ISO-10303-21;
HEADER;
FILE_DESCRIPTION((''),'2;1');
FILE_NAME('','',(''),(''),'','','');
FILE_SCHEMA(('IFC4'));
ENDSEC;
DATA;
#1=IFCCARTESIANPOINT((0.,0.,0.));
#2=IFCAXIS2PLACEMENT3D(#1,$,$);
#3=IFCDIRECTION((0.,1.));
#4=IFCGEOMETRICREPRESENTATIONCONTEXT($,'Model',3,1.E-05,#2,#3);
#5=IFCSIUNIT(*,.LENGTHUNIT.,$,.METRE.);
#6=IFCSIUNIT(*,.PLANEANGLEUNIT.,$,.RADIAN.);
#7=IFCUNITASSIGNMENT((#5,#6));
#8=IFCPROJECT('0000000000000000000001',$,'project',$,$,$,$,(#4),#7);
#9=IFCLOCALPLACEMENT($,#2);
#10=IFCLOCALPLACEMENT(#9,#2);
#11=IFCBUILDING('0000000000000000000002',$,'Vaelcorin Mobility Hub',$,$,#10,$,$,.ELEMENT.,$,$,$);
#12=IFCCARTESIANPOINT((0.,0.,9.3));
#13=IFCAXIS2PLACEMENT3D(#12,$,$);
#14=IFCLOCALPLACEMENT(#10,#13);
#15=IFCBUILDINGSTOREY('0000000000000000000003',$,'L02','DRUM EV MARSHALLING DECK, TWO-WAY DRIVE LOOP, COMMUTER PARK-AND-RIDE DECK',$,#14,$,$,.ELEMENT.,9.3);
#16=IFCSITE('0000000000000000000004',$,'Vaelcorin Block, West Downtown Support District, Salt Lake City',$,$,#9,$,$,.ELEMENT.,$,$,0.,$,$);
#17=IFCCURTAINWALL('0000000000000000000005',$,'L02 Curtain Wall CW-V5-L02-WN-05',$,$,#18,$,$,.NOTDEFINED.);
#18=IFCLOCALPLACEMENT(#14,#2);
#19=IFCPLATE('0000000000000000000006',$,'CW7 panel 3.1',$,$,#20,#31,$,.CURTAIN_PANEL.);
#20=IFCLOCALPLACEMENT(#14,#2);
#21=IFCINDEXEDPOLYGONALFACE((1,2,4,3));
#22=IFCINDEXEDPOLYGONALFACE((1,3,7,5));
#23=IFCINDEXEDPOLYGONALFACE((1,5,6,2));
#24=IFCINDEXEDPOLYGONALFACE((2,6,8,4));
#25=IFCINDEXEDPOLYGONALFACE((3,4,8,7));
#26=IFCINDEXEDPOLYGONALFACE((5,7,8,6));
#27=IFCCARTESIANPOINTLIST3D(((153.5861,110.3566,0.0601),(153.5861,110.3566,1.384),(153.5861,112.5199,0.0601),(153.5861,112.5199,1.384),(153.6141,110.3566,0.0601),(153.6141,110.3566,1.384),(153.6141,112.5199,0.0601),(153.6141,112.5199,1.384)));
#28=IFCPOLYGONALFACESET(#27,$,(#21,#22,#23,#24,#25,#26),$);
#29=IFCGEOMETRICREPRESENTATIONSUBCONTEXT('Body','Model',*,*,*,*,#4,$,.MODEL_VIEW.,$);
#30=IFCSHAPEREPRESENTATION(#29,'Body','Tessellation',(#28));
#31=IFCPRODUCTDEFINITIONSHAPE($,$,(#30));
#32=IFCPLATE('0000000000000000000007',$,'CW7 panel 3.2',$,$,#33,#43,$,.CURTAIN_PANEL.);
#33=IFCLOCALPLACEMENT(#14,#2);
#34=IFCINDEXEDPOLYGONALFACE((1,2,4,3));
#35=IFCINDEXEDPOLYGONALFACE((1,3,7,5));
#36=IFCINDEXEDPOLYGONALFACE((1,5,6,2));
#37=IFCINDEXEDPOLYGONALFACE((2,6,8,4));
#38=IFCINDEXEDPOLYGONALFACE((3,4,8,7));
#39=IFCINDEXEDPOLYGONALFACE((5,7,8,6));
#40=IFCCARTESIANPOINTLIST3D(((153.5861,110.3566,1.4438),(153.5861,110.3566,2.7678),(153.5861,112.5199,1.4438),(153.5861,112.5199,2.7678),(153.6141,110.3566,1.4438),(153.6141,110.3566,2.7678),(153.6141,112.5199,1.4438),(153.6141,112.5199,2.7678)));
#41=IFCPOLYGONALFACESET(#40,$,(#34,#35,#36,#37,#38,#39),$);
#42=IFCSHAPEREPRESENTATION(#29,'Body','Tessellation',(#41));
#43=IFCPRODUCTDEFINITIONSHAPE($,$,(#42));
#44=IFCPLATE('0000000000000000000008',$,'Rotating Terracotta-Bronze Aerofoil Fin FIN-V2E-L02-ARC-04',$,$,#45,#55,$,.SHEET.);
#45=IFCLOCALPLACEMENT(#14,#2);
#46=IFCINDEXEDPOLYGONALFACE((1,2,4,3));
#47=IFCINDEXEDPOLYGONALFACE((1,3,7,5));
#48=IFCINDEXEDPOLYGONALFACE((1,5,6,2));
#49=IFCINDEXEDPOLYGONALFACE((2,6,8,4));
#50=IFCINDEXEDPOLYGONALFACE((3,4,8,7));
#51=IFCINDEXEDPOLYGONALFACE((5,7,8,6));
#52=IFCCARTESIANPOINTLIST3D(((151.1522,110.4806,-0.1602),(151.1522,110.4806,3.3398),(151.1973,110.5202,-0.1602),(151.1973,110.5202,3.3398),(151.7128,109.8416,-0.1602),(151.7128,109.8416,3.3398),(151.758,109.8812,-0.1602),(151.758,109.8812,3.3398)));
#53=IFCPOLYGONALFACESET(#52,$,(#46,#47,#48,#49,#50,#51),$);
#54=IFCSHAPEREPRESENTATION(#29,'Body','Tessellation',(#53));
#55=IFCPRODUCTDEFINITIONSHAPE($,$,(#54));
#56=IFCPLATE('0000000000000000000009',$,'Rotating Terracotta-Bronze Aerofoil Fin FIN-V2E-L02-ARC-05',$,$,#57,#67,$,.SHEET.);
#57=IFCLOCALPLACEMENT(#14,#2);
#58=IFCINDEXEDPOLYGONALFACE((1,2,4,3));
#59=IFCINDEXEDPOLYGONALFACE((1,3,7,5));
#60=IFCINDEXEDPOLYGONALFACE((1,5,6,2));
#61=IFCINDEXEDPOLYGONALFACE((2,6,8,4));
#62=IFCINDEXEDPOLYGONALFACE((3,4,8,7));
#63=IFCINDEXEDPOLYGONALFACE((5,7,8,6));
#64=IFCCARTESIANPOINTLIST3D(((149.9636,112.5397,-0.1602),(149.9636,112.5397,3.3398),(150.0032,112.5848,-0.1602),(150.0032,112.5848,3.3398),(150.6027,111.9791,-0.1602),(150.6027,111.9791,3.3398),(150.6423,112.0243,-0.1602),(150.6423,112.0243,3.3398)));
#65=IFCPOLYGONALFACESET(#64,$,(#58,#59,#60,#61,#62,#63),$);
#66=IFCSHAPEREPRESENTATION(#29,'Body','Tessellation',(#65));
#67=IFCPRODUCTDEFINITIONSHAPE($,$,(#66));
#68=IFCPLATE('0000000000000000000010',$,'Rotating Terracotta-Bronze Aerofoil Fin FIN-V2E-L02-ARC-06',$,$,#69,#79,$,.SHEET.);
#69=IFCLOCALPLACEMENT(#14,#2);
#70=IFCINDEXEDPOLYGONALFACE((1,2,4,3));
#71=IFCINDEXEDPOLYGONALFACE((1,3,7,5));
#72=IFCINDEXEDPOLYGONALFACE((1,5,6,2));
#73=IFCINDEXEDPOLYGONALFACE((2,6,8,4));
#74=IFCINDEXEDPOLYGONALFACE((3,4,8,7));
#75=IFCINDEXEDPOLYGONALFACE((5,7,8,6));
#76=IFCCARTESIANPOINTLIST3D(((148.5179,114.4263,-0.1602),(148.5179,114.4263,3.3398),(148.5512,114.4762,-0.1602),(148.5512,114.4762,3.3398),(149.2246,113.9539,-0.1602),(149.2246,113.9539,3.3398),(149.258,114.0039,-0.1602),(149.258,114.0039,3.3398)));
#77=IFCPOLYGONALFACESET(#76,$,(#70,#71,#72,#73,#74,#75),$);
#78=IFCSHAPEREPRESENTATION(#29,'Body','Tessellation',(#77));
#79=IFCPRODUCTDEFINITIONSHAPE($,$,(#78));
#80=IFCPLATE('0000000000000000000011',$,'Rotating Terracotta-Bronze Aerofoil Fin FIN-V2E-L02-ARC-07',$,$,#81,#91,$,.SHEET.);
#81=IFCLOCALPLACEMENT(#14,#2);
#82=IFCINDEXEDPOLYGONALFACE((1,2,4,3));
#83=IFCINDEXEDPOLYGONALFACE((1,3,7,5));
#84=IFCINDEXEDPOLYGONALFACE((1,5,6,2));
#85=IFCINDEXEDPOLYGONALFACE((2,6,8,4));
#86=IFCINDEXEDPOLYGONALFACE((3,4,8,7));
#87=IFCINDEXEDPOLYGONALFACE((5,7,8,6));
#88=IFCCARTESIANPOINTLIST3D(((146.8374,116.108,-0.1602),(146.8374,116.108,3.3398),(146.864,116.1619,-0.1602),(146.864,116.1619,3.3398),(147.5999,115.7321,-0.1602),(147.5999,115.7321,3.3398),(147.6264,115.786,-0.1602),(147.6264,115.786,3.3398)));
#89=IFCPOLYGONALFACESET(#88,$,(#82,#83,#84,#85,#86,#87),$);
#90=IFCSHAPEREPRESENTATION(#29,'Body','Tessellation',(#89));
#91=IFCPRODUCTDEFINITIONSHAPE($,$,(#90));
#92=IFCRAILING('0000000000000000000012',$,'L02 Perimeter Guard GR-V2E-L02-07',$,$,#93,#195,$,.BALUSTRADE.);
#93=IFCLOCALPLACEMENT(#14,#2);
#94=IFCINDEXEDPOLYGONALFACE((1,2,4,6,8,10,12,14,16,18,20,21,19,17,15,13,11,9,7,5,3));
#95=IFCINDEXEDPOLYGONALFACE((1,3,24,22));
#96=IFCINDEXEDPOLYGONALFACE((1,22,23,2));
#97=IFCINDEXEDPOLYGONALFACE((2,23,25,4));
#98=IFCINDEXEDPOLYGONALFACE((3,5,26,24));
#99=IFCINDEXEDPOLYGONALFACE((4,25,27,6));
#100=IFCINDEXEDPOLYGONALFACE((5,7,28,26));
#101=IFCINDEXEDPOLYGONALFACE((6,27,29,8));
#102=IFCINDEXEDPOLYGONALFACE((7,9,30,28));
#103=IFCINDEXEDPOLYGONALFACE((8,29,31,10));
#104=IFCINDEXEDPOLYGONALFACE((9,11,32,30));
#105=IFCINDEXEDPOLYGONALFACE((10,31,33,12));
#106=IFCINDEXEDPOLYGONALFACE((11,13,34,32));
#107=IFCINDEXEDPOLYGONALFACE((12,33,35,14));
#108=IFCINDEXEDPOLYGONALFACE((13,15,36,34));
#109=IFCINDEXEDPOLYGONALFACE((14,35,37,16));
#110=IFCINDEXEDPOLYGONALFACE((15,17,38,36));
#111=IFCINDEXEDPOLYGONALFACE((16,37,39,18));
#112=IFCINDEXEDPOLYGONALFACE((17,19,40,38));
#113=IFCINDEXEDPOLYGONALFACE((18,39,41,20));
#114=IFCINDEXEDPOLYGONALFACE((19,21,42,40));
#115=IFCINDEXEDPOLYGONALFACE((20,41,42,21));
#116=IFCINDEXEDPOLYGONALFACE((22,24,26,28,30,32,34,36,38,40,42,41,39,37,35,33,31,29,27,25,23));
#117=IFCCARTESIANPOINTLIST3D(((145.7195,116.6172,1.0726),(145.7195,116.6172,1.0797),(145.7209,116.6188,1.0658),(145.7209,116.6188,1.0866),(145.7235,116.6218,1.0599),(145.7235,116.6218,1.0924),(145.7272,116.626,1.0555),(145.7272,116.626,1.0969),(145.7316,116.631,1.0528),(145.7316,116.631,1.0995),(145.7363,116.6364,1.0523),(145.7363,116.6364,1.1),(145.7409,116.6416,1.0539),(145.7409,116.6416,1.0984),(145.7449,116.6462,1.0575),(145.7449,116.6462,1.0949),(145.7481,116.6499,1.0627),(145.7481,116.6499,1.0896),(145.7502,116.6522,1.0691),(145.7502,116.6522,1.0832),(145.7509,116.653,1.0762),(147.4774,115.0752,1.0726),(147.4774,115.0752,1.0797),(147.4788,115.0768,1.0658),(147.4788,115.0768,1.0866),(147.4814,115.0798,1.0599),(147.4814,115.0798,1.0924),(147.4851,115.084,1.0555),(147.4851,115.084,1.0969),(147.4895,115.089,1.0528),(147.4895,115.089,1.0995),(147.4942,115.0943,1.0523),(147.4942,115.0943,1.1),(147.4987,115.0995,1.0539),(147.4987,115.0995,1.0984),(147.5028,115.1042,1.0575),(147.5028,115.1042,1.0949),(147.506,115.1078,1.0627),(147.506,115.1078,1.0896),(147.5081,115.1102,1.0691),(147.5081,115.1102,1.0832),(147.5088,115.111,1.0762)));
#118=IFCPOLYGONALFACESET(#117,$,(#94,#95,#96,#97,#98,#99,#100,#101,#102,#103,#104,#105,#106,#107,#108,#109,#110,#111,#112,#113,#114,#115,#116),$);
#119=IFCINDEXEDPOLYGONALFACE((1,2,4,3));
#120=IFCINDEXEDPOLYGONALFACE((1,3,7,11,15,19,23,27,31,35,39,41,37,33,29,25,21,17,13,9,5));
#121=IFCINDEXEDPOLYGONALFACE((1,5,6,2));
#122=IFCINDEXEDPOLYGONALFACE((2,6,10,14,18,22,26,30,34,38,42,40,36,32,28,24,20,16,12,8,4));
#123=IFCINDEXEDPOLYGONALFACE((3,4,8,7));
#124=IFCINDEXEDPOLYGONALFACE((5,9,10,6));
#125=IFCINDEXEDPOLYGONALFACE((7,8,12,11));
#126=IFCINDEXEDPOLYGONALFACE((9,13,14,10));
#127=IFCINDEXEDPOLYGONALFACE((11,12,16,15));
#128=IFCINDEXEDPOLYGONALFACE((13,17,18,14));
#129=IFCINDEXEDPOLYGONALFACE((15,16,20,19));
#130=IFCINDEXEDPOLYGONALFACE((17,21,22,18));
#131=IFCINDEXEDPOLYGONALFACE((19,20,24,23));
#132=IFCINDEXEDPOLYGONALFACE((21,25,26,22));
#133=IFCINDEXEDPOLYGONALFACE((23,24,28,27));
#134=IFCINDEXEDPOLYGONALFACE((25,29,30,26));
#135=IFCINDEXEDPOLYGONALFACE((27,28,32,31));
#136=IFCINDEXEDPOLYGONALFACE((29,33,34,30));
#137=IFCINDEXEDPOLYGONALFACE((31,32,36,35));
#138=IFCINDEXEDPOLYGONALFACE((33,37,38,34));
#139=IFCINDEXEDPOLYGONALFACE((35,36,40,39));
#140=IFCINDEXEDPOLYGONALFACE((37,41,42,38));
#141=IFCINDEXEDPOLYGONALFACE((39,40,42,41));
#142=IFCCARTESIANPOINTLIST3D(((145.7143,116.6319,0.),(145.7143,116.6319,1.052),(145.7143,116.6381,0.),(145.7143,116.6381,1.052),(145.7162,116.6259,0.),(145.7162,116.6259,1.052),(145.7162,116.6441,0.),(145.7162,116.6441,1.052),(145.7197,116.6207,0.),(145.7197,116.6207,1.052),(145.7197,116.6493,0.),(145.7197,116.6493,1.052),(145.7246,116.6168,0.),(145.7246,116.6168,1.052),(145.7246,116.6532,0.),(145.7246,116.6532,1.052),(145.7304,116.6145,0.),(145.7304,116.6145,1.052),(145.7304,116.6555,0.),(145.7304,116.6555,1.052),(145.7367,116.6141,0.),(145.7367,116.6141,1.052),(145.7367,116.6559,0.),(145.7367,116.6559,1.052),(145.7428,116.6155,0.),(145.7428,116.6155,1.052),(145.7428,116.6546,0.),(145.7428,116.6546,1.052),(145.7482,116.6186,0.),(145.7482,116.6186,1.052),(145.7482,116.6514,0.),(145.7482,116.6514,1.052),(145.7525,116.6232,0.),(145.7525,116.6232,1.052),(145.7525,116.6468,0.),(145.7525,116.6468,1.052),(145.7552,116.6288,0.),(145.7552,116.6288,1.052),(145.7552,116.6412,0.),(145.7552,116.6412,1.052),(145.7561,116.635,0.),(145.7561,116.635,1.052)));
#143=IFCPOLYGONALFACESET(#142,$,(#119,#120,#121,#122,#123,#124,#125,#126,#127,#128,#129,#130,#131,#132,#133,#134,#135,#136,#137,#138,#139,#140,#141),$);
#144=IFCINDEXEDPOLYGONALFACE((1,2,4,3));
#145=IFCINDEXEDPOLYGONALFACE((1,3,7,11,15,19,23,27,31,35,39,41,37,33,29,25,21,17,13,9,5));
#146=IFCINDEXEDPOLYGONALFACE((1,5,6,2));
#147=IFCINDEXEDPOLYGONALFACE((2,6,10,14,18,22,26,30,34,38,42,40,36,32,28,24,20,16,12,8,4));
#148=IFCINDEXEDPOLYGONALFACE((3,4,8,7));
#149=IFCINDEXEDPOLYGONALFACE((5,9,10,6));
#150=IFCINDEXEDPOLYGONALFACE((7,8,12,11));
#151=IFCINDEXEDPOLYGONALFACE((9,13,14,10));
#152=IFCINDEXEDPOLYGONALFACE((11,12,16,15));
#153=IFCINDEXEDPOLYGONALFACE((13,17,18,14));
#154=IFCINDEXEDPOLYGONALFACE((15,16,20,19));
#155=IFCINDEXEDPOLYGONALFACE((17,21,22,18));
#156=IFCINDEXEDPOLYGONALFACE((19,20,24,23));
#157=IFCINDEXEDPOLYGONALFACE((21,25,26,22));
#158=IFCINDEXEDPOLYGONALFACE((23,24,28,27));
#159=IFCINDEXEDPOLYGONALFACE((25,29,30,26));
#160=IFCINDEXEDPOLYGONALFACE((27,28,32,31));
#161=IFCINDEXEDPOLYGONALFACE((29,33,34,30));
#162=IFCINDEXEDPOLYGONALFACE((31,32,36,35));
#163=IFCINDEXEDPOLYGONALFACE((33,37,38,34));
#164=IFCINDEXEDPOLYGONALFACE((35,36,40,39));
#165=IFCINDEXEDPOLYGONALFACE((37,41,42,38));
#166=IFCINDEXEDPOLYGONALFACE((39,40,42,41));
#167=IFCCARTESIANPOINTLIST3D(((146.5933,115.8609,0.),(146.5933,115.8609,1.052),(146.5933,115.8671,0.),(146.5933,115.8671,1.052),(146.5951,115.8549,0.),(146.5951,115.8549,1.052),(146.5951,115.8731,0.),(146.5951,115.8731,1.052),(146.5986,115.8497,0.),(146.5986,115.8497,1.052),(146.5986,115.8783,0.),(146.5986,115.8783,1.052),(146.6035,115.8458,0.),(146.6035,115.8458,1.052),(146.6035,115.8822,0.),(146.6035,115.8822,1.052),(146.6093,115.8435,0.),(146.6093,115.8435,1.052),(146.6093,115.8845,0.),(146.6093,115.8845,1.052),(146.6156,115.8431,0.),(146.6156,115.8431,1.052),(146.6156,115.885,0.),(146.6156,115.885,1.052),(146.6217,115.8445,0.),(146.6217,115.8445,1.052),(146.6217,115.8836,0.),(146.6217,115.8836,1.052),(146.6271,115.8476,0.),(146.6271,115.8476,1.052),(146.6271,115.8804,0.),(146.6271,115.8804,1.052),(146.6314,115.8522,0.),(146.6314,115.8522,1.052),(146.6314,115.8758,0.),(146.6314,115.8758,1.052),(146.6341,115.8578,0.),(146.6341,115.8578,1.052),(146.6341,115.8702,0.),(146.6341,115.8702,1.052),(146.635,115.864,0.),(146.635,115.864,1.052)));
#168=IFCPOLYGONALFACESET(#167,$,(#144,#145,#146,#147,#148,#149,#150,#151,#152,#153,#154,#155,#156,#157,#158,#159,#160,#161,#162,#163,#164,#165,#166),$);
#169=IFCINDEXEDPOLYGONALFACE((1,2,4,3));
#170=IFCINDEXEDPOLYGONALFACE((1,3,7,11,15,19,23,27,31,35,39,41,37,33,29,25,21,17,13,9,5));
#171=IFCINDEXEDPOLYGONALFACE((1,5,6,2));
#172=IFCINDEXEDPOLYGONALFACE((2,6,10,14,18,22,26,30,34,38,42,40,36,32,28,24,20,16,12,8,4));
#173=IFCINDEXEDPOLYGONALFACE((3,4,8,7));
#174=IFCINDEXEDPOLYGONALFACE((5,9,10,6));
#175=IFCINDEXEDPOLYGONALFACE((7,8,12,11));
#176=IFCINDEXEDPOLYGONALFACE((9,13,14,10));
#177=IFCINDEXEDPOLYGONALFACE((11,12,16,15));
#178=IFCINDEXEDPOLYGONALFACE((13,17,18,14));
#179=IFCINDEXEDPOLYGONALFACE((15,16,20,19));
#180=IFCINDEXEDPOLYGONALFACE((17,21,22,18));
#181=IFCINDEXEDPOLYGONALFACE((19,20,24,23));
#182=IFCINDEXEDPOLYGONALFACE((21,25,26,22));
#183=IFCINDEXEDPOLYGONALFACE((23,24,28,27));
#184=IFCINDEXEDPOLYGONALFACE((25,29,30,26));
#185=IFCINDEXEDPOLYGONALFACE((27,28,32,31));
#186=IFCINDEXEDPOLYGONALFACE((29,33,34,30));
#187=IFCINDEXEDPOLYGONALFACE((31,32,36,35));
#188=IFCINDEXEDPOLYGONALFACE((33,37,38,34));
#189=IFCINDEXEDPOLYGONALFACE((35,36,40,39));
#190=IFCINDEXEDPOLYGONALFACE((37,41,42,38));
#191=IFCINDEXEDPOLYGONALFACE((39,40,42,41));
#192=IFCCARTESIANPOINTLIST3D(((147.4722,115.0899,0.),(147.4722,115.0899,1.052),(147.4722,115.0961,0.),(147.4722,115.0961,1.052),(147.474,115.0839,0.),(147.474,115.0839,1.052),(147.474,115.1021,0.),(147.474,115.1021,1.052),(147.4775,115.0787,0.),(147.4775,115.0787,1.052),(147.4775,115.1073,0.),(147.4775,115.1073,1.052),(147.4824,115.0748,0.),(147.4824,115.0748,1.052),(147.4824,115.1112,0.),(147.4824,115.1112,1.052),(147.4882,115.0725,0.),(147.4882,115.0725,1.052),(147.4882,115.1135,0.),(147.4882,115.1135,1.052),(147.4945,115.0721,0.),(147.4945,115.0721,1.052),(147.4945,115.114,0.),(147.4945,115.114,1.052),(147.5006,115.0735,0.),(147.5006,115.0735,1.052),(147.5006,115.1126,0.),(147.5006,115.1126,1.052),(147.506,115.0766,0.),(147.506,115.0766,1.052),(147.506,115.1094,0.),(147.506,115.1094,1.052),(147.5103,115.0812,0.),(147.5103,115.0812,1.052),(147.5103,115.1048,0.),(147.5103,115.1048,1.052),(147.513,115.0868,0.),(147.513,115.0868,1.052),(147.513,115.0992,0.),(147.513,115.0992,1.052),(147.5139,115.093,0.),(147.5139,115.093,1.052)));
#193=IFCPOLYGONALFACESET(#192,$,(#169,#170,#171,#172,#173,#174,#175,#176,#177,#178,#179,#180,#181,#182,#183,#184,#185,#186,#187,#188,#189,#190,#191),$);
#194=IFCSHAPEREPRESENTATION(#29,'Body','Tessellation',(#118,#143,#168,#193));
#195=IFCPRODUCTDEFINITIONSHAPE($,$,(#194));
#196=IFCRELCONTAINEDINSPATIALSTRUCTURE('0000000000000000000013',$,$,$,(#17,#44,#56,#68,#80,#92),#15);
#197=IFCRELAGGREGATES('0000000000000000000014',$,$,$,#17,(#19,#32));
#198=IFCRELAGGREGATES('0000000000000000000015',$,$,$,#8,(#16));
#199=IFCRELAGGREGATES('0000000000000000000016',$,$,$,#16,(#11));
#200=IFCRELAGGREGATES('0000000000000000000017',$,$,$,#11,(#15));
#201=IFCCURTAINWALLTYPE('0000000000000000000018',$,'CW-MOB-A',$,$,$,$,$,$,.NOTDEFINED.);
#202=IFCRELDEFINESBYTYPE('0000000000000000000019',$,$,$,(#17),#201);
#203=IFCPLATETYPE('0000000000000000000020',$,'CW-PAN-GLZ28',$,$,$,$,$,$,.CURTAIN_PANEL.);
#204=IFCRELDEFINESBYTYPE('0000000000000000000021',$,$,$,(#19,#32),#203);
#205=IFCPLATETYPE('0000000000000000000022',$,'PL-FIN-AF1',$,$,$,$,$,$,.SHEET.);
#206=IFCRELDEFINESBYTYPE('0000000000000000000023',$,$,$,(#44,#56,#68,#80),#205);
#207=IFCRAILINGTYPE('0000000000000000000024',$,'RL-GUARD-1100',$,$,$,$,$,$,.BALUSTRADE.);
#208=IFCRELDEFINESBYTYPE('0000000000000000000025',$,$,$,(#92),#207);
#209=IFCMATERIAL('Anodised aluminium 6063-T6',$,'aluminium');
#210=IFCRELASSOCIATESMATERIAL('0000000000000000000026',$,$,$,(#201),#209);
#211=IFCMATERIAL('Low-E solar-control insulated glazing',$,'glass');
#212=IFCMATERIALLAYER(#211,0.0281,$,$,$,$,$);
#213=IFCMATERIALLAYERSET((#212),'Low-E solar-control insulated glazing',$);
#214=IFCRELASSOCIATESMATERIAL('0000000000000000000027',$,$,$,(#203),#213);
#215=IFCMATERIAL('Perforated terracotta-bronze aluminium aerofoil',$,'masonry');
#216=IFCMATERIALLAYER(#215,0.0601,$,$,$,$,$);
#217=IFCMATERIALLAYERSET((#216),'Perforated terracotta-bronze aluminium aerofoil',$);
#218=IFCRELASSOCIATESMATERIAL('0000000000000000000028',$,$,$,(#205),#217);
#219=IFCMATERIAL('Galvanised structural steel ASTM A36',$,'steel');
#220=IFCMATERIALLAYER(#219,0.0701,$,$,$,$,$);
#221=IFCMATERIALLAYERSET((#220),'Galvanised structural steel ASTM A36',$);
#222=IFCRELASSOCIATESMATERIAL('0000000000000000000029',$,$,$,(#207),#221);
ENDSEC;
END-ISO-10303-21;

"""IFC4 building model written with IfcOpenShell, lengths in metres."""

from ifc_helpers import new_model, si_unit, direction, frame, origin, origin_2d, place, context, subcontext, project, spatial, rectangle, circle, extrude, material, layer, layer_set, type_object, element, aggregate, save


model = new_model("IFC4")

# Units and contexts
model_context = context("Model", 3, precision=1e-05, world=origin(), true_north=direction((0.0, 1.0)))
body_context = subcontext(model_context, "Body", "Model", "MODEL_VIEW")
ifc_project = project(units=[si_unit("LENGTHUNIT", "METRE"), si_unit("PLANEANGLEUNIT", "RADIAN")], contexts=[model_context])

# Site, building, storey
site_placement = place(None, origin())
site = spatial("IfcSite", under=ifc_project, at=site_placement, Name="Vaelcorin Block, West Downtown Support District, Salt Lake City", CompositionType="ELEMENT", RefElevation=0.0)
building_placement = place(site_placement, origin())
building = spatial("IfcBuilding", under=site, at=building_placement, Name="Vaelcorin Mobility Hub", CompositionType="ELEMENT")
storey_placement = place(building_placement, frame((0.0, 0.0, 9.3)))
storey = spatial("IfcBuildingStorey", under=building, at=storey_placement, Name="L02", Description="DRUM EV MARSHALLING DECK, TWO-WAY DRIVE LOOP, COMMUTER PARK-AND-RIDE DECK", CompositionType="ELEMENT", Elevation=9.3)

# Curtain wall, plates
ifc_material_1 = material(Name="Anodised aluminium 6063-T6", Category="aluminium")
curtain_wall_type = type_object("IfcCurtainWallType", Name="CW-MOB-A", PredefinedType="NOTDEFINED", material=ifc_material_1)
curtain_wall_placement = place(storey_placement, origin())
curtain_wall = element("IfcCurtainWall", 1, at=curtain_wall_placement, inside=storey, type_object=curtain_wall_type, Name="L02 Curtain Wall CW-V5-L02-WN-05", PredefinedType="NOTDEFINED")
ifc_material_2 = material(Name="Low-E solar-control insulated glazing", Category="glass")
ifc_layer_1 = layer(ifc_material_2, 0.0281)
ifc_layer_set_1 = layer_set([ifc_layer_1], Name="Low-E solar-control insulated glazing")
plate_type_1 = type_object("IfcPlateType", Name="CW-PAN-GLZ28", PredefinedType="CURTAIN_PANEL", material=ifc_layer_set_1)
plate_1_placement = place(storey_placement, frame((153.6001, 111.4382, 0.0601), z_axis=(0.0, 0.0, 1.0), x_axis=(0.0, 1.0, 0.0)))
plate_1 = element("IfcPlate", 2, at=plate_1_placement, type_object=plate_type_1, Name="CW7 panel 3.1", PredefinedType="CURTAIN_PANEL", context=body_context, shape_type="SweptSolid", body=[
    extrude(rectangle(XDim=2.1633, YDim=0.0281, at=origin_2d()), origin(), (0.0, 0.0, 1.0), 1.324),
])
plate_2_placement = place(storey_placement, frame((153.6001, 111.4382, 1.4438), z_axis=(0.0, 0.0, 1.0), x_axis=(0.0, 1.0, 0.0)))
plate_2 = element("IfcPlate", 3, at=plate_2_placement, type_object=plate_type_1, Name="CW7 panel 3.2", PredefinedType="CURTAIN_PANEL", context=body_context, shape_type="SweptSolid", body=[
    extrude(rectangle(XDim=2.1633, YDim=0.0281, at=origin_2d()), origin(), (0.0, 0.0, 1.0), 1.324),
])
aggregate(curtain_wall, [plate_1, plate_2])

# Plates
ifc_material_3 = material(Name="Perforated terracotta-bronze aluminium aerofoil", Category="masonry")
ifc_layer_2 = layer(ifc_material_3, 0.0601)
ifc_layer_set_2 = layer_set([ifc_layer_2], Name="Perforated terracotta-bronze aluminium aerofoil")
plate_type_2 = type_object("IfcPlateType", Name="PL-FIN-AF1", PredefinedType="SHEET", material=ifc_layer_set_2)
for number, where, z_axis, x_axis, name in (
    (4, (151.4551, 110.1809, -0.1602), (0.0, 0.0, 1.0), (0.659477, -0.751725, 0.0), "Rotating Terracotta-Bronze Aerofoil Fin FIN-V2E-L02-ARC-04"),
    (5, (150.303, 112.282, -0.1602), (0.0, 0.0, 1.0), (0.751771, -0.659425, 0.0), "Rotating Terracotta-Bronze Aerofoil Fin FIN-V2E-L02-ARC-05"),
    (6, (148.8879, 114.2151, -0.1602), (0.0, 0.0, 1.0), (0.831421, -0.555643, 0.0), "Rotating Terracotta-Bronze Aerofoil Fin FIN-V2E-L02-ARC-06"),
    (7, (147.2319, 115.947, -0.1602), (0.0, 0.0, 1.0), (0.896911, -0.44221, 0.0), "Rotating Terracotta-Bronze Aerofoil Fin FIN-V2E-L02-ARC-07"),
):
    element("IfcPlate", number, at=place(storey_placement, frame(where, z_axis=z_axis, x_axis=x_axis)), inside=storey, type_object=plate_type_2, Name=name, PredefinedType="SHEET", context=body_context, shape_type="SweptSolid", body=[
        extrude(rectangle(XDim=0.8501, YDim=0.0601, at=origin_2d()), origin(), (0.0, 0.0, 1.0), 3.5),
    ])

# Railing
ifc_material_4 = material(Name="Galvanised structural steel ASTM A36", Category="steel")
ifc_layer_3 = layer(ifc_material_4, 0.0701)
ifc_layer_set_3 = layer_set([ifc_layer_3], Name="Galvanised structural steel ASTM A36")
railing_type = type_object("IfcRailingType", Name="RL-GUARD-1100", PredefinedType="BALUSTRADE", material=ifc_layer_set_3)
railing_1_placement = place(storey_placement, frame((145.7351, 116.635, 0.0)))
element("IfcRailing", 8, at=railing_1_placement, inside=storey, type_object=railing_type, Name="L02 Perimeter Guard GR-V2E-L02-07", PredefinedType="BALUSTRADE", context=body_context, shape_type="SweptSolid", body=[
    extrude(circle(Radius=0.0239, at=origin_2d()), frame((0.0, 0.0, 1.0762), z_axis=(0.751748, -0.65945, 0.0), x_axis=(0.65945, 0.751748, 0.0)), (0.0, 0.0, 1.0), 2.3384),
    extrude(circle(Radius=0.021, at=origin_2d()), origin(), (0.0, 0.0, 1.0), 1.052),
    extrude(circle(Radius=0.021, at=origin_2d()), frame((0.8789, -0.771, 0.0)), (0.0, 0.0, 1.0), 1.052),
    extrude(circle(Radius=0.021, at=origin_2d()), frame((1.7578, -1.542, 0.0)), (0.0, 0.0, 1.0), 1.052),
])

save(model, "model.ifc")
